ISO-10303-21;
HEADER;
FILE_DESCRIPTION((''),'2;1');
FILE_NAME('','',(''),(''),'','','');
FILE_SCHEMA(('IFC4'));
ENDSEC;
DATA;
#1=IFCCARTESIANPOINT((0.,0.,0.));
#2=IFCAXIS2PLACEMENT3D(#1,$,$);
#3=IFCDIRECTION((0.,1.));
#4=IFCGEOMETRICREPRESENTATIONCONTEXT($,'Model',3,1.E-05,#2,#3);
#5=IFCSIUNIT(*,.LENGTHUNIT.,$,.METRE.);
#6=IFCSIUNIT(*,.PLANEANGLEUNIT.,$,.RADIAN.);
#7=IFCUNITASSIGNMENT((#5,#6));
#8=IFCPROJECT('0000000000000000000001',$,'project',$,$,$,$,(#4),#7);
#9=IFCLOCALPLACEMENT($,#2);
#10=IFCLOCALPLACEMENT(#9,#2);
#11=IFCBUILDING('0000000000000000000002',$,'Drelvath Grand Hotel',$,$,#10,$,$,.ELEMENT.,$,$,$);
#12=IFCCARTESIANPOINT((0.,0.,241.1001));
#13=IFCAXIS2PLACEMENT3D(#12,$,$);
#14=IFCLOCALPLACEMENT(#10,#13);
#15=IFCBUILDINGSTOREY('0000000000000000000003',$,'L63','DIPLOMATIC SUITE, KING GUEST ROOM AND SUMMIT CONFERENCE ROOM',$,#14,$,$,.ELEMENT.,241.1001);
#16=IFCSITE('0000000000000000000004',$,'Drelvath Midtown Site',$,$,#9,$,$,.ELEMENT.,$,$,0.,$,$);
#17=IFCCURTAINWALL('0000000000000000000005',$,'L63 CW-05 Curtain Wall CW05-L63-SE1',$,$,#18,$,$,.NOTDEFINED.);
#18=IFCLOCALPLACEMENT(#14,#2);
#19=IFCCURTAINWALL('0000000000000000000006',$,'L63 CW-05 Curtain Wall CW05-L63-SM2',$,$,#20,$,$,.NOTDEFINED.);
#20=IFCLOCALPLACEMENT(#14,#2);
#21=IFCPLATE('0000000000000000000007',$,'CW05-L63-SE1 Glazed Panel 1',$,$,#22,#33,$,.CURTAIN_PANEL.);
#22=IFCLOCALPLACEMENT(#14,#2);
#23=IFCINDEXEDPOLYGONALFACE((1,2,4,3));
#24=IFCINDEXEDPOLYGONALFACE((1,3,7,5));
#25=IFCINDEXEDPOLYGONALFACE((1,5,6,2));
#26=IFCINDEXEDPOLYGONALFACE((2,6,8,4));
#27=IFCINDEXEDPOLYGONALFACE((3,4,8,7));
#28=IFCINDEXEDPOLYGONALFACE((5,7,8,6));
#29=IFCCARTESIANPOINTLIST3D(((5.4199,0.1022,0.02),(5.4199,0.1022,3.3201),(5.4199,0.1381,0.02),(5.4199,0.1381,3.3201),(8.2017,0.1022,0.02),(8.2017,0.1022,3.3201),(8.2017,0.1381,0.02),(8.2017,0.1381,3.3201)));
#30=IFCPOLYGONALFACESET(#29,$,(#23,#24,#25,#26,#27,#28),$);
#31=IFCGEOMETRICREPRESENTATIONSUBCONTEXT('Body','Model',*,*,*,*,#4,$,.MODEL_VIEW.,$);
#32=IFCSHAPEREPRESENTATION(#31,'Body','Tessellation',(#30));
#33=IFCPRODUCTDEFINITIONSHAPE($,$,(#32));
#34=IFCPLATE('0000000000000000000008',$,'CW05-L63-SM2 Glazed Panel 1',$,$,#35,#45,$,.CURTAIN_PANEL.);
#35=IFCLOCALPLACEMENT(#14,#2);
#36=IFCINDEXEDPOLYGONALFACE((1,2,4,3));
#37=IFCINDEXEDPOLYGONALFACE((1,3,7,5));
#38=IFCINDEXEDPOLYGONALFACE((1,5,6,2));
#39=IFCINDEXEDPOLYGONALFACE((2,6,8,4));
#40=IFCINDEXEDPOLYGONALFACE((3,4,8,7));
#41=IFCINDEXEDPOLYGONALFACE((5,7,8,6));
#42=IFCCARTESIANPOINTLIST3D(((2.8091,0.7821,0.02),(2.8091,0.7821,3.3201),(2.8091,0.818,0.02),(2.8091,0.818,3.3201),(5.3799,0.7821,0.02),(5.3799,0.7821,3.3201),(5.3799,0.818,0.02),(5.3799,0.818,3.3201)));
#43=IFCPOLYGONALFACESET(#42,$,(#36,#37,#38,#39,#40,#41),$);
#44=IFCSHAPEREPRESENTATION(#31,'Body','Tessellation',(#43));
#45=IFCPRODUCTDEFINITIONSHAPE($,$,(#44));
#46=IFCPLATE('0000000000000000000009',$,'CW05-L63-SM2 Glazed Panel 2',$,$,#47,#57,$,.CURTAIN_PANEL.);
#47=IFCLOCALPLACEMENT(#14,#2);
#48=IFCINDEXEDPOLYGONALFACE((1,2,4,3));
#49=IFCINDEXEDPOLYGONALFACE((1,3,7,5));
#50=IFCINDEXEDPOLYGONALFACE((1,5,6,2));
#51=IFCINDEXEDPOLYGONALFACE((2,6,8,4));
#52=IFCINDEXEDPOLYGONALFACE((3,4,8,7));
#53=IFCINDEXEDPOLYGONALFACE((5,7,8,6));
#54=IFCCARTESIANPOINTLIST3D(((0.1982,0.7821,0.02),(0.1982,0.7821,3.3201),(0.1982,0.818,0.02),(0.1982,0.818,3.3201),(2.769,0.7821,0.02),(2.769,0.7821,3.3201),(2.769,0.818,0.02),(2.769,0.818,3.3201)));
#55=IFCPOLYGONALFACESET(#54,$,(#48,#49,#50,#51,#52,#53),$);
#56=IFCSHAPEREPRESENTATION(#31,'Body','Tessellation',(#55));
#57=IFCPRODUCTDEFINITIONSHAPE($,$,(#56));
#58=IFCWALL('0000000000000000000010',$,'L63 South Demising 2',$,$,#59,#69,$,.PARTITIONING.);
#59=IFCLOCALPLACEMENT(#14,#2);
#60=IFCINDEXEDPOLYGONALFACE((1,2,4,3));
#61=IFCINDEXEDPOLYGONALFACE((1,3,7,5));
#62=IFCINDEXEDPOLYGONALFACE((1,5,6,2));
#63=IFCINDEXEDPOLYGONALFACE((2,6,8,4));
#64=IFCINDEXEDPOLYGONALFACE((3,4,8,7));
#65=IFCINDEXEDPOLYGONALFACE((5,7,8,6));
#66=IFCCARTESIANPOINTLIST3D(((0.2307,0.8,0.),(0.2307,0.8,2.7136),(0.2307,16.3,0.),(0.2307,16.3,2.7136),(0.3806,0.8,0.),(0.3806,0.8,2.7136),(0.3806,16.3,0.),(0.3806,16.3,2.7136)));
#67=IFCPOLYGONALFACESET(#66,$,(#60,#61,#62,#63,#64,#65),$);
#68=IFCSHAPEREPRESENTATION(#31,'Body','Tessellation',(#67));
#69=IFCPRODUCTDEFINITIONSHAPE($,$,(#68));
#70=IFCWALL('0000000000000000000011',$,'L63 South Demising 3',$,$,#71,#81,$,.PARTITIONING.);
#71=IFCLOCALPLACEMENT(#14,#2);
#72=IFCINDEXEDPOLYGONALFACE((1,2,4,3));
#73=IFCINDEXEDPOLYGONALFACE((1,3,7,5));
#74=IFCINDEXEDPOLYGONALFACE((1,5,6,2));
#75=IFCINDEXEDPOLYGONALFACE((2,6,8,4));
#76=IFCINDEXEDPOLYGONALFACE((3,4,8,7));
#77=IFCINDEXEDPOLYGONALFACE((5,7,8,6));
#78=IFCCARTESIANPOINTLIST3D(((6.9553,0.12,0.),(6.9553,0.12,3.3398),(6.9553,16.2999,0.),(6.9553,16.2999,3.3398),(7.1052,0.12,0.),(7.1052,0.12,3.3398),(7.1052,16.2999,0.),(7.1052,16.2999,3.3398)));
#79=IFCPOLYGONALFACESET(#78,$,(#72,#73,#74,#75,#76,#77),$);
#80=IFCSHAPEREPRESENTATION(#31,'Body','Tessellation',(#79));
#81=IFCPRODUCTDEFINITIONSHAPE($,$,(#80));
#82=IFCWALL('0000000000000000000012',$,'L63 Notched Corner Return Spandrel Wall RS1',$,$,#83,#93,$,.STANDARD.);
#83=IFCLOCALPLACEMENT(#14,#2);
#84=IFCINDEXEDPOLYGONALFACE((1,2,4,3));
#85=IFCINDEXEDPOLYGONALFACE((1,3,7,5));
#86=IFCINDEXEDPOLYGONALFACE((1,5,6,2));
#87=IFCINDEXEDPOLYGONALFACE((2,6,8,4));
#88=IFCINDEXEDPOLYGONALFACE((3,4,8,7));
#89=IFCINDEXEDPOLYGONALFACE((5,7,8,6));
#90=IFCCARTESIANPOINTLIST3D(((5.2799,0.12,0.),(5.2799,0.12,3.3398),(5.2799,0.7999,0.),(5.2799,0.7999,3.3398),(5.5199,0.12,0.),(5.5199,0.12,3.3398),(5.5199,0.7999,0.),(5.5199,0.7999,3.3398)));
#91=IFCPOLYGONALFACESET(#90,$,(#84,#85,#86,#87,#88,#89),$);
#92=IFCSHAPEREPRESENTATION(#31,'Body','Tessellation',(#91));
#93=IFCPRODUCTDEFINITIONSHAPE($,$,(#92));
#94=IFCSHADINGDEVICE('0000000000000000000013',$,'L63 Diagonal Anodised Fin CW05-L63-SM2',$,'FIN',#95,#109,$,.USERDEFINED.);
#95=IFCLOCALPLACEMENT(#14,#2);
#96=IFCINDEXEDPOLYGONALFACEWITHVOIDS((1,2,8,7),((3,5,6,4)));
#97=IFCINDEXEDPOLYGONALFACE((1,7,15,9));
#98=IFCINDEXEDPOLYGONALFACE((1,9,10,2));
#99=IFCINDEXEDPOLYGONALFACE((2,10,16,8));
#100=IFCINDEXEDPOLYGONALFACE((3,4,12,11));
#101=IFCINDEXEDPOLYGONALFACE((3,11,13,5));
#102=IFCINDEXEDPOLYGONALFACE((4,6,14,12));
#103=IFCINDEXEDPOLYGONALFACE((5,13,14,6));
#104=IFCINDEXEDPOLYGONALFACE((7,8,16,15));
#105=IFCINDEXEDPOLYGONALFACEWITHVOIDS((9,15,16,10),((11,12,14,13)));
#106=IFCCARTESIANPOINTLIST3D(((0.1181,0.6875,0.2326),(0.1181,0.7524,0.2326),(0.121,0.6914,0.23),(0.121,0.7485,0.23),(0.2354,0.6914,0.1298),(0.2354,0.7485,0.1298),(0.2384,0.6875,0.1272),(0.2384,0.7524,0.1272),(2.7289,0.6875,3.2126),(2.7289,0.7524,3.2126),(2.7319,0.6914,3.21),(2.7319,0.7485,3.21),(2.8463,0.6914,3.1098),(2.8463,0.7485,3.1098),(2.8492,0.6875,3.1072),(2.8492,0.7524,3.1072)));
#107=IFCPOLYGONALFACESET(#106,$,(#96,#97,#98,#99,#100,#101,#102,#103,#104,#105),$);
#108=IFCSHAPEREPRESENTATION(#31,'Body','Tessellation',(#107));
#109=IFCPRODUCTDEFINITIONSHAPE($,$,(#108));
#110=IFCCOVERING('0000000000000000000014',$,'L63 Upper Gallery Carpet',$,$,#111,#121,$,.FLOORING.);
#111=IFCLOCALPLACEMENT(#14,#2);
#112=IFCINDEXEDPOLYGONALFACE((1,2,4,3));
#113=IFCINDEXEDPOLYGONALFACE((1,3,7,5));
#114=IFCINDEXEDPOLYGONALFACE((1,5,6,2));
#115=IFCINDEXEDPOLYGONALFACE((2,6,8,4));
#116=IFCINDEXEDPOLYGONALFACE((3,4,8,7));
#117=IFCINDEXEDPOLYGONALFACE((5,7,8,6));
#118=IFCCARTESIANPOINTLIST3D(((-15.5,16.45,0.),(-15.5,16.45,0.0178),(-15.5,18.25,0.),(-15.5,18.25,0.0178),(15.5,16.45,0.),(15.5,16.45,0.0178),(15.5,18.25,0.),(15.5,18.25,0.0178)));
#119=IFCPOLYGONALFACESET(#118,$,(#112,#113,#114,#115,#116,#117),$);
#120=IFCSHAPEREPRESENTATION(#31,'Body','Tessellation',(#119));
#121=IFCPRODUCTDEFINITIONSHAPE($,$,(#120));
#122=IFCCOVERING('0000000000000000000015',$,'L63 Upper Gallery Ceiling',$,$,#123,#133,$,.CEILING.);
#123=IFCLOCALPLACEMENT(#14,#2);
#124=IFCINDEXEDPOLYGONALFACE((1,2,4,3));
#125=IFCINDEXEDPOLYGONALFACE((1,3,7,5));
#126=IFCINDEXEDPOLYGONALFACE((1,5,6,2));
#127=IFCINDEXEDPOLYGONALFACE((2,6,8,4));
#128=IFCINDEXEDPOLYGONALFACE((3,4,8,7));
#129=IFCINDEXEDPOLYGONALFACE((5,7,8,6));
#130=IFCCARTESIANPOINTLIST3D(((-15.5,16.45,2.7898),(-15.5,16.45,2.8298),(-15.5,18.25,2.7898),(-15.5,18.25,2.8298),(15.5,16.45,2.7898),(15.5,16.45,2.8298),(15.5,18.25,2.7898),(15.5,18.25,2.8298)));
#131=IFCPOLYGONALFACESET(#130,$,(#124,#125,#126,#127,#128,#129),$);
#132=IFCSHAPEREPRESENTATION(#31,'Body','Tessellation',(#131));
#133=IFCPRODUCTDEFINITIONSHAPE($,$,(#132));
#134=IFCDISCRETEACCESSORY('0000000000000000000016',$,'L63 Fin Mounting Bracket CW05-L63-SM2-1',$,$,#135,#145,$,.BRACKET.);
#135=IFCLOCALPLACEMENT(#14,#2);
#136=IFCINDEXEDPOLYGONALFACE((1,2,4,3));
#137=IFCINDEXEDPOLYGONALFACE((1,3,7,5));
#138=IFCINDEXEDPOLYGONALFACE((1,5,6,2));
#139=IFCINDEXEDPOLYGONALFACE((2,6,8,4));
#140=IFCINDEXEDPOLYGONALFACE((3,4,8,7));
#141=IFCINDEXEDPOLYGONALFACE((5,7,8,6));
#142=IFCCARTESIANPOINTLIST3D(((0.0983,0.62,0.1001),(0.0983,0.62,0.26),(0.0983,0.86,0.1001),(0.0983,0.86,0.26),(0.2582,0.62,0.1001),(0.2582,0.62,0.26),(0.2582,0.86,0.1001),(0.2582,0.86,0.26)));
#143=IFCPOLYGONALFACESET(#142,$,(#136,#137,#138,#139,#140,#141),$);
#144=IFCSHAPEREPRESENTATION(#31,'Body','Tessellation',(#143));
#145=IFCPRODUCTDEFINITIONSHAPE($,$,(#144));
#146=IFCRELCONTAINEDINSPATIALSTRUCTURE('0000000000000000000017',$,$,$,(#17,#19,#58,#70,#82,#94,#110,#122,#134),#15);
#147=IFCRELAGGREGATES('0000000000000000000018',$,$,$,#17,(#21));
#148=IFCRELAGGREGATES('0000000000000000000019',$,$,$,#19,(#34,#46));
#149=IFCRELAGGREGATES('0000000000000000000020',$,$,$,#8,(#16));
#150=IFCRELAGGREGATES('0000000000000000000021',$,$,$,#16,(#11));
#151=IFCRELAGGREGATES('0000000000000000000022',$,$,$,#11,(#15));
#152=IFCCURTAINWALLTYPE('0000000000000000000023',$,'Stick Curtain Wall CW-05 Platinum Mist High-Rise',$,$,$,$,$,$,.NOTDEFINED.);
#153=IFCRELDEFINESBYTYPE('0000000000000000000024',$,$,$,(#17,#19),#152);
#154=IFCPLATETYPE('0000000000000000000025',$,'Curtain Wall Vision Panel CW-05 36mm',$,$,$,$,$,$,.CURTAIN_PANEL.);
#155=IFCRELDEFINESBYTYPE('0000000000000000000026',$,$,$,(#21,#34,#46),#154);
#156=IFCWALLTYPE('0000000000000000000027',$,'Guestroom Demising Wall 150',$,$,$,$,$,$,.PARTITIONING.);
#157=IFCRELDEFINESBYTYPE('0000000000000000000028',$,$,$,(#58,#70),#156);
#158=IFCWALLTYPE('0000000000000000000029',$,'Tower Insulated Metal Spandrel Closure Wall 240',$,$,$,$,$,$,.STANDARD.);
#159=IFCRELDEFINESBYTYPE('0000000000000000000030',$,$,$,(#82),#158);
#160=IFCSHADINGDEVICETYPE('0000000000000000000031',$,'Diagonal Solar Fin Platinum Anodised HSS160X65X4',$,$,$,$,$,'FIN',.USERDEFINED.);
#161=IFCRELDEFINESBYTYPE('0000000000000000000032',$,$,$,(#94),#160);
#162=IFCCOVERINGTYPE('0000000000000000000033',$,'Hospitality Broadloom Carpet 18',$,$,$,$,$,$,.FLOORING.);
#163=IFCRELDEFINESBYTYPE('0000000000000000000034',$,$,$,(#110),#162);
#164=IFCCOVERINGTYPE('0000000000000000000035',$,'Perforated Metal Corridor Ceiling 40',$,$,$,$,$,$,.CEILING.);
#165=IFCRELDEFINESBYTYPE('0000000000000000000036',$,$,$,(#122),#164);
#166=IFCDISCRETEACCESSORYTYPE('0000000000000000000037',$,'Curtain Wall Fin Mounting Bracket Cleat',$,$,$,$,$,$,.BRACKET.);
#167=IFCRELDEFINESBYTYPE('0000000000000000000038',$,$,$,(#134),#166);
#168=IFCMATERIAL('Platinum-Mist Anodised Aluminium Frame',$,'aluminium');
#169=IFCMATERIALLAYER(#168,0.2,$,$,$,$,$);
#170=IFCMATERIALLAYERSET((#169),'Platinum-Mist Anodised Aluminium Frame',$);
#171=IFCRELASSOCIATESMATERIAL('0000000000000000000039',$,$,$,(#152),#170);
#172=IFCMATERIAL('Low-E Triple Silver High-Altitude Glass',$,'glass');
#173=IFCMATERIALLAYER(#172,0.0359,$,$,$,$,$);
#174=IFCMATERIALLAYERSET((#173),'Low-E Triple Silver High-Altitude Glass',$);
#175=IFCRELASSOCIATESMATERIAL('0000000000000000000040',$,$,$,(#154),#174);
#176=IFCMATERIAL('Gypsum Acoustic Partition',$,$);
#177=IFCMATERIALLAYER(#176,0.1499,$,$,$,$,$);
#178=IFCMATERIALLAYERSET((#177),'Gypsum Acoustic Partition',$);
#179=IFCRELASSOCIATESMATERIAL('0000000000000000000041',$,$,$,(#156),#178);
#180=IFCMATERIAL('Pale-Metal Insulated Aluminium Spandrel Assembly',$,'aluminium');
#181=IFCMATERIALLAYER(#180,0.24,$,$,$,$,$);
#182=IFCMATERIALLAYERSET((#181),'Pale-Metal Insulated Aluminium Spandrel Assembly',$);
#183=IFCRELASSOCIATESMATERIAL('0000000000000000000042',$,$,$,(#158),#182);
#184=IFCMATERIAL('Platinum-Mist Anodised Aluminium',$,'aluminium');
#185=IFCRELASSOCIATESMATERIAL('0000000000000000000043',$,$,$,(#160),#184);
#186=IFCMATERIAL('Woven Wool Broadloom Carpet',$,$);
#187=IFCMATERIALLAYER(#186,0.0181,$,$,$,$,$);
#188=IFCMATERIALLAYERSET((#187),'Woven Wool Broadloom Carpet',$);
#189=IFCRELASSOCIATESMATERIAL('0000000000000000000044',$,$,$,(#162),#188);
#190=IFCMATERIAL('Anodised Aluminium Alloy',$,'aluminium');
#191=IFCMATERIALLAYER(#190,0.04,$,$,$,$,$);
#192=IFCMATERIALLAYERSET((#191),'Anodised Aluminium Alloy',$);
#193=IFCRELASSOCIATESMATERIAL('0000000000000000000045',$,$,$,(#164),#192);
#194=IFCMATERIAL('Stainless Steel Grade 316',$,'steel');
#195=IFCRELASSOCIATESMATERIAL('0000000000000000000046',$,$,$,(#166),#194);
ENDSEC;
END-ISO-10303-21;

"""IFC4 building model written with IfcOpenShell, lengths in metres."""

from ifc_helpers import new_model, si_unit, direction, frame, frame_2d, origin, origin_2d, place, context, subcontext, project, spatial, polyline, rectangle, hollow_rectangle, outline, extrude, material, layer, layer_set, material_profile, profile_set, type_object, element, aggregate, save


model = new_model("IFC4")

# Units and contexts
model_context = context("Model", 3, precision=1e-05, world=origin(), true_north=direction((0.0, 1.0)))
body_context = subcontext(model_context, "Body", "Model", "MODEL_VIEW")
ifc_project = project(units=[si_unit("LENGTHUNIT", "METRE"), si_unit("PLANEANGLEUNIT", "RADIAN")], contexts=[model_context])

# Site, building, storey
site_placement = place(None, origin())
site = spatial("IfcSite", under=ifc_project, at=site_placement, Name="Drelvath Midtown Site", CompositionType="ELEMENT", RefElevation=0.0)
building_placement = place(site_placement, origin())
building = spatial("IfcBuilding", under=site, at=building_placement, Name="Drelvath Grand Hotel", CompositionType="ELEMENT")
storey_placement = place(building_placement, frame((0.0, 0.0, 241.1001)))
storey = spatial("IfcBuildingStorey", under=building, at=storey_placement, Name="L63", Description="DIPLOMATIC SUITE, KING GUEST ROOM AND SUMMIT CONFERENCE ROOM", CompositionType="ELEMENT", Elevation=241.1001)

# Curtain walls
ifc_material_1 = material(Name="Platinum-Mist Anodised Aluminium Frame", Category="aluminium")
ifc_layer_1 = layer(ifc_material_1, 0.2)
ifc_layer_set_1 = layer_set([ifc_layer_1], Name="Platinum-Mist Anodised Aluminium Frame")
curtain_wall_type = type_object("IfcCurtainWallType", Name="Stick Curtain Wall CW-05 Platinum Mist High-Rise", PredefinedType="NOTDEFINED", material=ifc_layer_set_1)
curtain_wall_1_placement = place(storey_placement, origin())
curtain_wall_1 = element("IfcCurtainWall", 1, at=curtain_wall_1_placement, inside=storey, type_object=curtain_wall_type, Name="L63 CW-05 Curtain Wall CW05-L63-SE1", PredefinedType="NOTDEFINED")
curtain_wall_2_placement = place(storey_placement, origin())
curtain_wall_2 = element("IfcCurtainWall", 2, at=curtain_wall_2_placement, inside=storey, type_object=curtain_wall_type, Name="L63 CW-05 Curtain Wall CW05-L63-SM2", PredefinedType="NOTDEFINED")

# Plates
ifc_material_2 = material(Name="Low-E Triple Silver High-Altitude Glass", Category="glass")
ifc_layer_2 = layer(ifc_material_2, 0.0359)
ifc_layer_set_2 = layer_set([ifc_layer_2], Name="Low-E Triple Silver High-Altitude Glass")
plate_type = type_object("IfcPlateType", Name="Curtain Wall Vision Panel CW-05 36mm", PredefinedType="CURTAIN_PANEL", material=ifc_layer_set_2)
plate_1_placement = place(storey_placement, frame((6.8108, 0.1201, 0.02), z_axis=(0.0, 0.0, 1.0), x_axis=(-1.0, 0.0, 0.0)))
plate_1 = element("IfcPlate", 3, at=plate_1_placement, type_object=plate_type, Name="CW05-L63-SE1 Glazed Panel 1", PredefinedType="CURTAIN_PANEL", context=body_context, shape_type="SweptSolid", body=[
    extrude(rectangle(XDim=2.7817, YDim=0.0359, at=origin_2d()), origin(), (0.0, 0.0, 1.0), 3.3),
])
aggregate(curtain_wall_1, [plate_1])
plate_2_placement = place(storey_placement, frame((4.0945, 0.8, 0.02), z_axis=(0.0, 0.0, 1.0), x_axis=(-1.0, 0.0, 0.0)))
plate_2 = element("IfcPlate", 4, at=plate_2_placement, type_object=plate_type, Name="CW05-L63-SM2 Glazed Panel 1", PredefinedType="CURTAIN_PANEL", context=body_context, shape_type="SweptSolid", body=[
    extrude(rectangle(XDim=2.5708, YDim=0.0359, at=origin_2d()), origin(), (0.0, 0.0, 1.0), 3.3),
])
plate_3_placement = place(storey_placement, frame((1.4836, 0.8, 0.02), z_axis=(0.0, 0.0, 1.0), x_axis=(-1.0, 0.0, 0.0)))
plate_3 = element("IfcPlate", 5, at=plate_3_placement, type_object=plate_type, Name="CW05-L63-SM2 Glazed Panel 2", PredefinedType="CURTAIN_PANEL", context=body_context, shape_type="SweptSolid", body=[
    extrude(rectangle(XDim=2.5708, YDim=0.0359, at=origin_2d()), origin(), (0.0, 0.0, 1.0), 3.3),
])
aggregate(curtain_wall_2, [plate_2, plate_3])

# Walls
ifc_material_3 = material(Name="Gypsum Acoustic Partition")
ifc_layer_3 = layer(ifc_material_3, 0.1499)
ifc_layer_set_3 = layer_set([ifc_layer_3], Name="Gypsum Acoustic Partition")
wall_type_1 = type_object("IfcWallType", Name="Guestroom Demising Wall 150", PredefinedType="PARTITIONING", material=ifc_layer_set_3)
wall_1_placement = place(storey_placement, frame((0.3057, 0.8, 0.0), z_axis=(0.0, 0.0, 1.0), x_axis=(0.0, 1.0, 0.0)))
element("IfcWall", 6, at=wall_1_placement, inside=storey, type_object=wall_type_1, Name="L63 South Demising 2", PredefinedType="PARTITIONING", context=body_context, shape_type="SweptSolid", body=[
    extrude(rectangle(XDim=15.5, YDim=0.1499, at=frame_2d((7.75, 0.0))), origin(), (0.0, 0.0, 1.0), 2.7136),
])
wall_2_placement = place(storey_placement, frame((7.0303, 0.1201, 0.0), z_axis=(0.0, 0.0, 1.0), x_axis=(0.0, 1.0, 0.0)))
element("IfcWall", 7, at=wall_2_placement, inside=storey, type_object=wall_type_1, Name="L63 South Demising 3", PredefinedType="PARTITIONING", context=body_context, shape_type="SweptSolid", body=[
    extrude(rectangle(XDim=16.1799, YDim=0.1499, at=frame_2d((8.0898, 0.0))), origin(), (0.0, 0.0, 1.0), 3.3398),
])
ifc_material_4 = material(Name="Pale-Metal Insulated Aluminium Spandrel Assembly", Category="aluminium")
ifc_layer_4 = layer(ifc_material_4, 0.24)
ifc_layer_set_4 = layer_set([ifc_layer_4], Name="Pale-Metal Insulated Aluminium Spandrel Assembly")
wall_type_2 = type_object("IfcWallType", Name="Tower Insulated Metal Spandrel Closure Wall 240", PredefinedType="STANDARD", material=ifc_layer_set_4)
wall_3_placement = place(storey_placement, frame((5.3999, 0.1201, 0.0), z_axis=(0.0, 0.0, 1.0), x_axis=(0.0, 1.0, 0.0)))
element("IfcWall", 8, at=wall_3_placement, inside=storey, type_object=wall_type_2, Name="L63 Notched Corner Return Spandrel Wall RS1", PredefinedType="STANDARD", context=body_context, shape_type="SweptSolid", body=[
    extrude(rectangle(XDim=0.6799, YDim=0.24, at=frame_2d((0.3398, 0.0))), origin(), (0.0, 0.0, 1.0), 3.3398),
])

# Shading device
ifc_material_5 = material(Name="Platinum-Mist Anodised Aluminium", Category="aluminium")
ifc_material_profile_1 = material_profile(ifc_material_5, hollow_rectangle(XDim=0.0649, YDim=0.1599, WallThickness=0.0039, at=origin_2d()), Name="HSS160X65X4")
ifc_profile_set_1 = profile_set([ifc_material_profile_1], Name="Platinum-Mist Anodised Aluminium")
shading_device_type = type_object("IfcShadingDeviceType", Name="Diagonal Solar Fin Platinum Anodised HSS160X65X4", ElementType="FIN", PredefinedType="USERDEFINED", material=ifc_profile_set_1)
shading_device_placement = place(storey_placement, frame((0.1782, 0.72, 0.1799), z_axis=(0.658984, 0.0, 0.752157), x_axis=(0.0, 1.0, 0.0)))
element("IfcShadingDevice", 9, at=shading_device_placement, inside=storey, type_object=shading_device_type, Name="L63 Diagonal Anodised Fin CW05-L63-SM2", ObjectType="FIN", PredefinedType="USERDEFINED", context=body_context, shape_type="SweptSolid", body=[
    extrude(hollow_rectangle(XDim=0.0649, YDim=0.1599, WallThickness=0.0039, at=origin_2d()), origin(), (0.0, 0.0, 1.0), 3.9619),
])

# Coverings
ifc_material_6 = material(Name="Woven Wool Broadloom Carpet")
ifc_layer_5 = layer(ifc_material_6, 0.0181)
ifc_layer_set_5 = layer_set([ifc_layer_5], Name="Woven Wool Broadloom Carpet")
covering_type_1 = type_object("IfcCoveringType", Name="Hospitality Broadloom Carpet 18", PredefinedType="FLOORING", material=ifc_layer_set_5)
covering_1_placement = place(storey_placement, origin())
element("IfcCovering", 10, at=covering_1_placement, inside=storey, type_object=covering_type_1, Name="L63 Upper Gallery Carpet", PredefinedType="FLOORING", context=body_context, shape_type="SweptSolid", body=[
    extrude(outline(polyline([(15.5, 16.45), (15.5, 18.25), (-15.5, 18.25), (-15.5, 16.45), (15.5, 16.45)])), origin(), (0.0, 0.0, 1.0), 0.0178),
])
ifc_material_7 = material(Name="Anodised Aluminium Alloy", Category="aluminium")
ifc_layer_6 = layer(ifc_material_7, 0.04)
ifc_layer_set_6 = layer_set([ifc_layer_6], Name="Anodised Aluminium Alloy")
covering_type_2 = type_object("IfcCoveringType", Name="Perforated Metal Corridor Ceiling 40", PredefinedType="CEILING", material=ifc_layer_set_6)
covering_2_placement = place(storey_placement, frame((0.0, 0.0, 2.7898)))
element("IfcCovering", 11, at=covering_2_placement, inside=storey, type_object=covering_type_2, Name="L63 Upper Gallery Ceiling", PredefinedType="CEILING", context=body_context, shape_type="SweptSolid", body=[
    extrude(outline(polyline([(15.5, 16.45), (15.5, 18.25), (-15.5, 18.25), (-15.5, 16.45), (15.5, 16.45)])), origin(), (0.0, 0.0, 1.0), 0.04),
])

# Discrete accessory
ifc_material_8 = material(Name="Stainless Steel Grade 316", Category="steel")
discrete_accessory_type = type_object("IfcDiscreteAccessoryType", Name="Curtain Wall Fin Mounting Bracket Cleat", PredefinedType="BRACKET", material=ifc_material_8)
discrete_accessory_placement = place(storey_placement, frame((0.1782, 0.74, 0.1001), z_axis=(0.0, 0.0, 1.0), x_axis=(-1.0, 0.0, 0.0)))
element("IfcDiscreteAccessory", 12, at=discrete_accessory_placement, inside=storey, type_object=discrete_accessory_type, Name="L63 Fin Mounting Bracket CW05-L63-SM2-1", PredefinedType="BRACKET", context=body_context, shape_type="SweptSolid", body=[
    extrude(rectangle(XDim=0.1599, YDim=0.24, at=origin_2d()), origin(), (0.0, 0.0, 1.0), 0.1599),
])

save(model, "model.ifc")
